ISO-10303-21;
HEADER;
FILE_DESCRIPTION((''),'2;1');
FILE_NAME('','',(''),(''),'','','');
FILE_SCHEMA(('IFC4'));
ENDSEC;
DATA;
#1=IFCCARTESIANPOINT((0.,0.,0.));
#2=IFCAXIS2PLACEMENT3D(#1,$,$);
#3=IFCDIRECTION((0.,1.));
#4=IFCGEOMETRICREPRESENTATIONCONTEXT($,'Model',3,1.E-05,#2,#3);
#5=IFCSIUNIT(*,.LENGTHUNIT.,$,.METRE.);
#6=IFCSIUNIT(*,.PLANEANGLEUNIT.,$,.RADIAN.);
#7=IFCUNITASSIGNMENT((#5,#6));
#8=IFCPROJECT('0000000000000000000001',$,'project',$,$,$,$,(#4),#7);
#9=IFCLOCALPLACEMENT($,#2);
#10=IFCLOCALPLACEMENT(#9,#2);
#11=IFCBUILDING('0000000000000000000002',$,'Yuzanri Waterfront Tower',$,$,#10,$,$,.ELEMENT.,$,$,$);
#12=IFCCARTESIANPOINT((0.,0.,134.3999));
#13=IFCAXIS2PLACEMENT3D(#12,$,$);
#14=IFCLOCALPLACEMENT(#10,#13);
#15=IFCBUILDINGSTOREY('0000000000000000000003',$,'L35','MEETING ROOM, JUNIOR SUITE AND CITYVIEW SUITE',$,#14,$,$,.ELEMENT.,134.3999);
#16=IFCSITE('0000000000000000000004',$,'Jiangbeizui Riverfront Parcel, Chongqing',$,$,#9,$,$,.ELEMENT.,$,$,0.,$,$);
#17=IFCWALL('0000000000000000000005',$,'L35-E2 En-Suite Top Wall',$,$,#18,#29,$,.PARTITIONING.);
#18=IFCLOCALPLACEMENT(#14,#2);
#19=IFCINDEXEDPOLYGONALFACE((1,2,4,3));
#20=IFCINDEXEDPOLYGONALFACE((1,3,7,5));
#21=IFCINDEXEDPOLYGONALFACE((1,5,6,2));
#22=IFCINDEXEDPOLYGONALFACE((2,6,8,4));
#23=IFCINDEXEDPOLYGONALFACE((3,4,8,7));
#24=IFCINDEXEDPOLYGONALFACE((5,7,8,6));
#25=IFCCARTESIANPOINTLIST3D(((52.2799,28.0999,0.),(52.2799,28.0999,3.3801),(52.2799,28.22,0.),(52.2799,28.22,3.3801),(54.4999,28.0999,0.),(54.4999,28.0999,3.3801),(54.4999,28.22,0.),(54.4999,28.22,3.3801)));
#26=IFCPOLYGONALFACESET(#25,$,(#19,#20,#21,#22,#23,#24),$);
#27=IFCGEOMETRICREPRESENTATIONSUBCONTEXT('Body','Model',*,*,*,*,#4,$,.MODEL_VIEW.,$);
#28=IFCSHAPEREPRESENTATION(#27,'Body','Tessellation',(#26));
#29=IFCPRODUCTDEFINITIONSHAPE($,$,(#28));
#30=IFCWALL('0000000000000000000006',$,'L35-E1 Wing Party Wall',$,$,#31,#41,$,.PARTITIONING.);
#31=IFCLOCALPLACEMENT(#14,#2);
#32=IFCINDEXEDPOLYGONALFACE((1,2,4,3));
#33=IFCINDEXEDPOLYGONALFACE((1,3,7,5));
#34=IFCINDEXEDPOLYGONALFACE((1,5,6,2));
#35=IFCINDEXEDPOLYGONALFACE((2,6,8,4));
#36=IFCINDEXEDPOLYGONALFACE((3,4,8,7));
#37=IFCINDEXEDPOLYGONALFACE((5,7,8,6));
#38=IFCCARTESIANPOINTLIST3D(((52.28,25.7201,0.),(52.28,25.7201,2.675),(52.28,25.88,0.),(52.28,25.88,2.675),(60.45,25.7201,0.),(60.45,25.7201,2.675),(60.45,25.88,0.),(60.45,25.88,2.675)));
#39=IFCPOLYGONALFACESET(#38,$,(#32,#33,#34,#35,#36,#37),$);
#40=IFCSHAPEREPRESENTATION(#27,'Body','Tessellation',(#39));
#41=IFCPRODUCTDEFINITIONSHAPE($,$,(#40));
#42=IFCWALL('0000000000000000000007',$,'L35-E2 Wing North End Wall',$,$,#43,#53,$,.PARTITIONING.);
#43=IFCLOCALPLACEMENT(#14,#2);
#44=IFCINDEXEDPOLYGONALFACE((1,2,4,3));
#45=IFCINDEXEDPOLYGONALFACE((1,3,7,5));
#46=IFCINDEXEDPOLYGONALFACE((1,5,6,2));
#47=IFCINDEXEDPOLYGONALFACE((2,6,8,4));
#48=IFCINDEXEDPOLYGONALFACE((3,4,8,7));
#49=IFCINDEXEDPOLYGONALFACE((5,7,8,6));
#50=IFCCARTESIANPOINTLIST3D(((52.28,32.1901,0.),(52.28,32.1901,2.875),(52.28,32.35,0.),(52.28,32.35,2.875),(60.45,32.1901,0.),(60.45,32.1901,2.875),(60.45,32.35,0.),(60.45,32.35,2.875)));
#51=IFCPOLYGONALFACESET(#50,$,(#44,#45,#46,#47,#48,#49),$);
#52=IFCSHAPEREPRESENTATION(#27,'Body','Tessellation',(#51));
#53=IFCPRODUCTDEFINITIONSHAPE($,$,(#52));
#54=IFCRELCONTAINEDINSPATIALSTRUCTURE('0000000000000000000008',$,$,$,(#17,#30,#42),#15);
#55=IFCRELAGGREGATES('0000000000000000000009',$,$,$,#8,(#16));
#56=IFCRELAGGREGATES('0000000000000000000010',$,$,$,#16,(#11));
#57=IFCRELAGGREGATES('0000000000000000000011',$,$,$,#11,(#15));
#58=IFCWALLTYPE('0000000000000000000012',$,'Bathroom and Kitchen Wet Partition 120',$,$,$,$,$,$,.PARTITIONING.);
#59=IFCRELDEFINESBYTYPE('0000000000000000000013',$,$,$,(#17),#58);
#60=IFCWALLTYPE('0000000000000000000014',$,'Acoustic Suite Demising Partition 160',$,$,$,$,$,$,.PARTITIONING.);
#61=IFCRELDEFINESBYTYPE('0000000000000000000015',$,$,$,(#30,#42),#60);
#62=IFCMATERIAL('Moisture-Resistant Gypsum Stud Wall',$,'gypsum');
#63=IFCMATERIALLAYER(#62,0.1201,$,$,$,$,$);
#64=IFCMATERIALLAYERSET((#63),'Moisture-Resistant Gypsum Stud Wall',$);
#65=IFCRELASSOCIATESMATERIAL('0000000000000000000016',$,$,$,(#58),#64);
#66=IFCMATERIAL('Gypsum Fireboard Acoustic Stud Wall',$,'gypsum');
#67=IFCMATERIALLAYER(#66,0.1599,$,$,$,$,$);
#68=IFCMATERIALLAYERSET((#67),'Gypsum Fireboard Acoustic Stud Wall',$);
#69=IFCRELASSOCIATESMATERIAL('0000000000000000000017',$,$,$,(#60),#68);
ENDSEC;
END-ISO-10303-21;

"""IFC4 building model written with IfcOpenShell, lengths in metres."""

from ifc_helpers import new_model, si_unit, direction, frame, frame_2d, origin, place, context, subcontext, project, spatial, rectangle, extrude, source, transform, mapped, material, layer, layer_set, type_object, element, save


model = new_model("IFC4")

# Units and contexts
model_context = context("Model", 3, precision=1e-05, world=origin(), true_north=direction((0.0, 1.0)))
body_context = subcontext(model_context, "Body", "Model", "MODEL_VIEW")
ifc_project = project(units=[si_unit("LENGTHUNIT", "METRE"), si_unit("PLANEANGLEUNIT", "RADIAN")], contexts=[model_context])

# Site, building, storey
site_placement = place(None, origin())
site = spatial("IfcSite", under=ifc_project, at=site_placement, Name="Jiangbeizui Riverfront Parcel, Chongqing", CompositionType="ELEMENT", RefElevation=0.0)
building_placement = place(site_placement, origin())
building = spatial("IfcBuilding", under=site, at=building_placement, Name="Yuzanri Waterfront Tower", CompositionType="ELEMENT")
storey_placement = place(building_placement, frame((0.0, 0.0, 134.3999)))
storey = spatial("IfcBuildingStorey", under=building, at=storey_placement, Name="L35", Description="MEETING ROOM, JUNIOR SUITE AND CITYVIEW SUITE", CompositionType="ELEMENT", Elevation=134.3999)

# Shared definitions
ifc_material_1 = material(Name="Moisture-Resistant Gypsum Stud Wall", Category="gypsum")
ifc_layer_1 = layer(ifc_material_1, 0.1201)
ifc_layer_set_1 = layer_set([ifc_layer_1], Name="Moisture-Resistant Gypsum Stud Wall")
wall_type_1 = type_object("IfcWallType", Name="Bathroom and Kitchen Wet Partition 120", PredefinedType="PARTITIONING", material=ifc_layer_set_1)

# Walls
shared_shape_1 = source(origin(), body_context, "Body", "SweptSolid", [
    extrude(rectangle(XDim=2.22, YDim=0.1201, at=frame_2d((1.1099, 0.0))), origin(), (0.0, 0.0, 1.0), 3.3801),
])
wall_1_placement = place(storey_placement, frame((52.28, 28.1599, 0.0), z_axis=(0.0, 0.0, 1.0), x_axis=(1.0, 0.0, 0.0)))
element("IfcWall", 1, at=wall_1_placement, inside=storey, type_object=wall_type_1, Name="L35-E2 En-Suite Top Wall", PredefinedType="PARTITIONING", context=body_context, shape_type="MappedRepresentation", body=[
    mapped(shared_shape_1, transform((0.0, 0.0, 0.0), scale=1.0)),
])
ifc_material_2 = material(Name="Gypsum Fireboard Acoustic Stud Wall", Category="gypsum")
ifc_layer_2 = layer(ifc_material_2, 0.1599)
ifc_layer_set_2 = layer_set([ifc_layer_2], Name="Gypsum Fireboard Acoustic Stud Wall")
wall_type_2 = type_object("IfcWallType", Name="Acoustic Suite Demising Partition 160", PredefinedType="PARTITIONING", material=ifc_layer_set_2)
shared_shape_2 = source(origin(), body_context, "Body", "SweptSolid", [
    extrude(rectangle(XDim=8.1699, YDim=0.1599, at=frame_2d((4.085, 0.0))), origin(), (0.0, 0.0, 1.0), 2.675),
])
wall_2_placement = place(storey_placement, frame((52.28, 25.8, 0.0), z_axis=(0.0, 0.0, 1.0), x_axis=(1.0, 0.0, 0.0)))
element("IfcWall", 2, at=wall_2_placement, inside=storey, type_object=wall_type_2, Name="L35-E1 Wing Party Wall", PredefinedType="PARTITIONING", context=body_context, shape_type="MappedRepresentation", body=[
    mapped(shared_shape_2, transform((0.0, 0.0, 0.0), scale=1.0)),
])
shared_shape_3 = source(origin(), body_context, "Body", "SweptSolid", [
    extrude(rectangle(XDim=8.1699, YDim=0.1599, at=frame_2d((4.085, 0.0))), origin(), (0.0, 0.0, 1.0), 2.875),
])
wall_3_placement = place(storey_placement, frame((52.28, 32.27, 0.0), z_axis=(0.0, 0.0, 1.0), x_axis=(1.0, 0.0, 0.0)))
element("IfcWall", 3, at=wall_3_placement, inside=storey, type_object=wall_type_2, Name="L35-E2 Wing North End Wall", PredefinedType="PARTITIONING", context=body_context, shape_type="MappedRepresentation", body=[
    mapped(shared_shape_3, transform((0.0, 0.0, 0.0), scale=1.0)),
])

save(model, "model.ifc")
